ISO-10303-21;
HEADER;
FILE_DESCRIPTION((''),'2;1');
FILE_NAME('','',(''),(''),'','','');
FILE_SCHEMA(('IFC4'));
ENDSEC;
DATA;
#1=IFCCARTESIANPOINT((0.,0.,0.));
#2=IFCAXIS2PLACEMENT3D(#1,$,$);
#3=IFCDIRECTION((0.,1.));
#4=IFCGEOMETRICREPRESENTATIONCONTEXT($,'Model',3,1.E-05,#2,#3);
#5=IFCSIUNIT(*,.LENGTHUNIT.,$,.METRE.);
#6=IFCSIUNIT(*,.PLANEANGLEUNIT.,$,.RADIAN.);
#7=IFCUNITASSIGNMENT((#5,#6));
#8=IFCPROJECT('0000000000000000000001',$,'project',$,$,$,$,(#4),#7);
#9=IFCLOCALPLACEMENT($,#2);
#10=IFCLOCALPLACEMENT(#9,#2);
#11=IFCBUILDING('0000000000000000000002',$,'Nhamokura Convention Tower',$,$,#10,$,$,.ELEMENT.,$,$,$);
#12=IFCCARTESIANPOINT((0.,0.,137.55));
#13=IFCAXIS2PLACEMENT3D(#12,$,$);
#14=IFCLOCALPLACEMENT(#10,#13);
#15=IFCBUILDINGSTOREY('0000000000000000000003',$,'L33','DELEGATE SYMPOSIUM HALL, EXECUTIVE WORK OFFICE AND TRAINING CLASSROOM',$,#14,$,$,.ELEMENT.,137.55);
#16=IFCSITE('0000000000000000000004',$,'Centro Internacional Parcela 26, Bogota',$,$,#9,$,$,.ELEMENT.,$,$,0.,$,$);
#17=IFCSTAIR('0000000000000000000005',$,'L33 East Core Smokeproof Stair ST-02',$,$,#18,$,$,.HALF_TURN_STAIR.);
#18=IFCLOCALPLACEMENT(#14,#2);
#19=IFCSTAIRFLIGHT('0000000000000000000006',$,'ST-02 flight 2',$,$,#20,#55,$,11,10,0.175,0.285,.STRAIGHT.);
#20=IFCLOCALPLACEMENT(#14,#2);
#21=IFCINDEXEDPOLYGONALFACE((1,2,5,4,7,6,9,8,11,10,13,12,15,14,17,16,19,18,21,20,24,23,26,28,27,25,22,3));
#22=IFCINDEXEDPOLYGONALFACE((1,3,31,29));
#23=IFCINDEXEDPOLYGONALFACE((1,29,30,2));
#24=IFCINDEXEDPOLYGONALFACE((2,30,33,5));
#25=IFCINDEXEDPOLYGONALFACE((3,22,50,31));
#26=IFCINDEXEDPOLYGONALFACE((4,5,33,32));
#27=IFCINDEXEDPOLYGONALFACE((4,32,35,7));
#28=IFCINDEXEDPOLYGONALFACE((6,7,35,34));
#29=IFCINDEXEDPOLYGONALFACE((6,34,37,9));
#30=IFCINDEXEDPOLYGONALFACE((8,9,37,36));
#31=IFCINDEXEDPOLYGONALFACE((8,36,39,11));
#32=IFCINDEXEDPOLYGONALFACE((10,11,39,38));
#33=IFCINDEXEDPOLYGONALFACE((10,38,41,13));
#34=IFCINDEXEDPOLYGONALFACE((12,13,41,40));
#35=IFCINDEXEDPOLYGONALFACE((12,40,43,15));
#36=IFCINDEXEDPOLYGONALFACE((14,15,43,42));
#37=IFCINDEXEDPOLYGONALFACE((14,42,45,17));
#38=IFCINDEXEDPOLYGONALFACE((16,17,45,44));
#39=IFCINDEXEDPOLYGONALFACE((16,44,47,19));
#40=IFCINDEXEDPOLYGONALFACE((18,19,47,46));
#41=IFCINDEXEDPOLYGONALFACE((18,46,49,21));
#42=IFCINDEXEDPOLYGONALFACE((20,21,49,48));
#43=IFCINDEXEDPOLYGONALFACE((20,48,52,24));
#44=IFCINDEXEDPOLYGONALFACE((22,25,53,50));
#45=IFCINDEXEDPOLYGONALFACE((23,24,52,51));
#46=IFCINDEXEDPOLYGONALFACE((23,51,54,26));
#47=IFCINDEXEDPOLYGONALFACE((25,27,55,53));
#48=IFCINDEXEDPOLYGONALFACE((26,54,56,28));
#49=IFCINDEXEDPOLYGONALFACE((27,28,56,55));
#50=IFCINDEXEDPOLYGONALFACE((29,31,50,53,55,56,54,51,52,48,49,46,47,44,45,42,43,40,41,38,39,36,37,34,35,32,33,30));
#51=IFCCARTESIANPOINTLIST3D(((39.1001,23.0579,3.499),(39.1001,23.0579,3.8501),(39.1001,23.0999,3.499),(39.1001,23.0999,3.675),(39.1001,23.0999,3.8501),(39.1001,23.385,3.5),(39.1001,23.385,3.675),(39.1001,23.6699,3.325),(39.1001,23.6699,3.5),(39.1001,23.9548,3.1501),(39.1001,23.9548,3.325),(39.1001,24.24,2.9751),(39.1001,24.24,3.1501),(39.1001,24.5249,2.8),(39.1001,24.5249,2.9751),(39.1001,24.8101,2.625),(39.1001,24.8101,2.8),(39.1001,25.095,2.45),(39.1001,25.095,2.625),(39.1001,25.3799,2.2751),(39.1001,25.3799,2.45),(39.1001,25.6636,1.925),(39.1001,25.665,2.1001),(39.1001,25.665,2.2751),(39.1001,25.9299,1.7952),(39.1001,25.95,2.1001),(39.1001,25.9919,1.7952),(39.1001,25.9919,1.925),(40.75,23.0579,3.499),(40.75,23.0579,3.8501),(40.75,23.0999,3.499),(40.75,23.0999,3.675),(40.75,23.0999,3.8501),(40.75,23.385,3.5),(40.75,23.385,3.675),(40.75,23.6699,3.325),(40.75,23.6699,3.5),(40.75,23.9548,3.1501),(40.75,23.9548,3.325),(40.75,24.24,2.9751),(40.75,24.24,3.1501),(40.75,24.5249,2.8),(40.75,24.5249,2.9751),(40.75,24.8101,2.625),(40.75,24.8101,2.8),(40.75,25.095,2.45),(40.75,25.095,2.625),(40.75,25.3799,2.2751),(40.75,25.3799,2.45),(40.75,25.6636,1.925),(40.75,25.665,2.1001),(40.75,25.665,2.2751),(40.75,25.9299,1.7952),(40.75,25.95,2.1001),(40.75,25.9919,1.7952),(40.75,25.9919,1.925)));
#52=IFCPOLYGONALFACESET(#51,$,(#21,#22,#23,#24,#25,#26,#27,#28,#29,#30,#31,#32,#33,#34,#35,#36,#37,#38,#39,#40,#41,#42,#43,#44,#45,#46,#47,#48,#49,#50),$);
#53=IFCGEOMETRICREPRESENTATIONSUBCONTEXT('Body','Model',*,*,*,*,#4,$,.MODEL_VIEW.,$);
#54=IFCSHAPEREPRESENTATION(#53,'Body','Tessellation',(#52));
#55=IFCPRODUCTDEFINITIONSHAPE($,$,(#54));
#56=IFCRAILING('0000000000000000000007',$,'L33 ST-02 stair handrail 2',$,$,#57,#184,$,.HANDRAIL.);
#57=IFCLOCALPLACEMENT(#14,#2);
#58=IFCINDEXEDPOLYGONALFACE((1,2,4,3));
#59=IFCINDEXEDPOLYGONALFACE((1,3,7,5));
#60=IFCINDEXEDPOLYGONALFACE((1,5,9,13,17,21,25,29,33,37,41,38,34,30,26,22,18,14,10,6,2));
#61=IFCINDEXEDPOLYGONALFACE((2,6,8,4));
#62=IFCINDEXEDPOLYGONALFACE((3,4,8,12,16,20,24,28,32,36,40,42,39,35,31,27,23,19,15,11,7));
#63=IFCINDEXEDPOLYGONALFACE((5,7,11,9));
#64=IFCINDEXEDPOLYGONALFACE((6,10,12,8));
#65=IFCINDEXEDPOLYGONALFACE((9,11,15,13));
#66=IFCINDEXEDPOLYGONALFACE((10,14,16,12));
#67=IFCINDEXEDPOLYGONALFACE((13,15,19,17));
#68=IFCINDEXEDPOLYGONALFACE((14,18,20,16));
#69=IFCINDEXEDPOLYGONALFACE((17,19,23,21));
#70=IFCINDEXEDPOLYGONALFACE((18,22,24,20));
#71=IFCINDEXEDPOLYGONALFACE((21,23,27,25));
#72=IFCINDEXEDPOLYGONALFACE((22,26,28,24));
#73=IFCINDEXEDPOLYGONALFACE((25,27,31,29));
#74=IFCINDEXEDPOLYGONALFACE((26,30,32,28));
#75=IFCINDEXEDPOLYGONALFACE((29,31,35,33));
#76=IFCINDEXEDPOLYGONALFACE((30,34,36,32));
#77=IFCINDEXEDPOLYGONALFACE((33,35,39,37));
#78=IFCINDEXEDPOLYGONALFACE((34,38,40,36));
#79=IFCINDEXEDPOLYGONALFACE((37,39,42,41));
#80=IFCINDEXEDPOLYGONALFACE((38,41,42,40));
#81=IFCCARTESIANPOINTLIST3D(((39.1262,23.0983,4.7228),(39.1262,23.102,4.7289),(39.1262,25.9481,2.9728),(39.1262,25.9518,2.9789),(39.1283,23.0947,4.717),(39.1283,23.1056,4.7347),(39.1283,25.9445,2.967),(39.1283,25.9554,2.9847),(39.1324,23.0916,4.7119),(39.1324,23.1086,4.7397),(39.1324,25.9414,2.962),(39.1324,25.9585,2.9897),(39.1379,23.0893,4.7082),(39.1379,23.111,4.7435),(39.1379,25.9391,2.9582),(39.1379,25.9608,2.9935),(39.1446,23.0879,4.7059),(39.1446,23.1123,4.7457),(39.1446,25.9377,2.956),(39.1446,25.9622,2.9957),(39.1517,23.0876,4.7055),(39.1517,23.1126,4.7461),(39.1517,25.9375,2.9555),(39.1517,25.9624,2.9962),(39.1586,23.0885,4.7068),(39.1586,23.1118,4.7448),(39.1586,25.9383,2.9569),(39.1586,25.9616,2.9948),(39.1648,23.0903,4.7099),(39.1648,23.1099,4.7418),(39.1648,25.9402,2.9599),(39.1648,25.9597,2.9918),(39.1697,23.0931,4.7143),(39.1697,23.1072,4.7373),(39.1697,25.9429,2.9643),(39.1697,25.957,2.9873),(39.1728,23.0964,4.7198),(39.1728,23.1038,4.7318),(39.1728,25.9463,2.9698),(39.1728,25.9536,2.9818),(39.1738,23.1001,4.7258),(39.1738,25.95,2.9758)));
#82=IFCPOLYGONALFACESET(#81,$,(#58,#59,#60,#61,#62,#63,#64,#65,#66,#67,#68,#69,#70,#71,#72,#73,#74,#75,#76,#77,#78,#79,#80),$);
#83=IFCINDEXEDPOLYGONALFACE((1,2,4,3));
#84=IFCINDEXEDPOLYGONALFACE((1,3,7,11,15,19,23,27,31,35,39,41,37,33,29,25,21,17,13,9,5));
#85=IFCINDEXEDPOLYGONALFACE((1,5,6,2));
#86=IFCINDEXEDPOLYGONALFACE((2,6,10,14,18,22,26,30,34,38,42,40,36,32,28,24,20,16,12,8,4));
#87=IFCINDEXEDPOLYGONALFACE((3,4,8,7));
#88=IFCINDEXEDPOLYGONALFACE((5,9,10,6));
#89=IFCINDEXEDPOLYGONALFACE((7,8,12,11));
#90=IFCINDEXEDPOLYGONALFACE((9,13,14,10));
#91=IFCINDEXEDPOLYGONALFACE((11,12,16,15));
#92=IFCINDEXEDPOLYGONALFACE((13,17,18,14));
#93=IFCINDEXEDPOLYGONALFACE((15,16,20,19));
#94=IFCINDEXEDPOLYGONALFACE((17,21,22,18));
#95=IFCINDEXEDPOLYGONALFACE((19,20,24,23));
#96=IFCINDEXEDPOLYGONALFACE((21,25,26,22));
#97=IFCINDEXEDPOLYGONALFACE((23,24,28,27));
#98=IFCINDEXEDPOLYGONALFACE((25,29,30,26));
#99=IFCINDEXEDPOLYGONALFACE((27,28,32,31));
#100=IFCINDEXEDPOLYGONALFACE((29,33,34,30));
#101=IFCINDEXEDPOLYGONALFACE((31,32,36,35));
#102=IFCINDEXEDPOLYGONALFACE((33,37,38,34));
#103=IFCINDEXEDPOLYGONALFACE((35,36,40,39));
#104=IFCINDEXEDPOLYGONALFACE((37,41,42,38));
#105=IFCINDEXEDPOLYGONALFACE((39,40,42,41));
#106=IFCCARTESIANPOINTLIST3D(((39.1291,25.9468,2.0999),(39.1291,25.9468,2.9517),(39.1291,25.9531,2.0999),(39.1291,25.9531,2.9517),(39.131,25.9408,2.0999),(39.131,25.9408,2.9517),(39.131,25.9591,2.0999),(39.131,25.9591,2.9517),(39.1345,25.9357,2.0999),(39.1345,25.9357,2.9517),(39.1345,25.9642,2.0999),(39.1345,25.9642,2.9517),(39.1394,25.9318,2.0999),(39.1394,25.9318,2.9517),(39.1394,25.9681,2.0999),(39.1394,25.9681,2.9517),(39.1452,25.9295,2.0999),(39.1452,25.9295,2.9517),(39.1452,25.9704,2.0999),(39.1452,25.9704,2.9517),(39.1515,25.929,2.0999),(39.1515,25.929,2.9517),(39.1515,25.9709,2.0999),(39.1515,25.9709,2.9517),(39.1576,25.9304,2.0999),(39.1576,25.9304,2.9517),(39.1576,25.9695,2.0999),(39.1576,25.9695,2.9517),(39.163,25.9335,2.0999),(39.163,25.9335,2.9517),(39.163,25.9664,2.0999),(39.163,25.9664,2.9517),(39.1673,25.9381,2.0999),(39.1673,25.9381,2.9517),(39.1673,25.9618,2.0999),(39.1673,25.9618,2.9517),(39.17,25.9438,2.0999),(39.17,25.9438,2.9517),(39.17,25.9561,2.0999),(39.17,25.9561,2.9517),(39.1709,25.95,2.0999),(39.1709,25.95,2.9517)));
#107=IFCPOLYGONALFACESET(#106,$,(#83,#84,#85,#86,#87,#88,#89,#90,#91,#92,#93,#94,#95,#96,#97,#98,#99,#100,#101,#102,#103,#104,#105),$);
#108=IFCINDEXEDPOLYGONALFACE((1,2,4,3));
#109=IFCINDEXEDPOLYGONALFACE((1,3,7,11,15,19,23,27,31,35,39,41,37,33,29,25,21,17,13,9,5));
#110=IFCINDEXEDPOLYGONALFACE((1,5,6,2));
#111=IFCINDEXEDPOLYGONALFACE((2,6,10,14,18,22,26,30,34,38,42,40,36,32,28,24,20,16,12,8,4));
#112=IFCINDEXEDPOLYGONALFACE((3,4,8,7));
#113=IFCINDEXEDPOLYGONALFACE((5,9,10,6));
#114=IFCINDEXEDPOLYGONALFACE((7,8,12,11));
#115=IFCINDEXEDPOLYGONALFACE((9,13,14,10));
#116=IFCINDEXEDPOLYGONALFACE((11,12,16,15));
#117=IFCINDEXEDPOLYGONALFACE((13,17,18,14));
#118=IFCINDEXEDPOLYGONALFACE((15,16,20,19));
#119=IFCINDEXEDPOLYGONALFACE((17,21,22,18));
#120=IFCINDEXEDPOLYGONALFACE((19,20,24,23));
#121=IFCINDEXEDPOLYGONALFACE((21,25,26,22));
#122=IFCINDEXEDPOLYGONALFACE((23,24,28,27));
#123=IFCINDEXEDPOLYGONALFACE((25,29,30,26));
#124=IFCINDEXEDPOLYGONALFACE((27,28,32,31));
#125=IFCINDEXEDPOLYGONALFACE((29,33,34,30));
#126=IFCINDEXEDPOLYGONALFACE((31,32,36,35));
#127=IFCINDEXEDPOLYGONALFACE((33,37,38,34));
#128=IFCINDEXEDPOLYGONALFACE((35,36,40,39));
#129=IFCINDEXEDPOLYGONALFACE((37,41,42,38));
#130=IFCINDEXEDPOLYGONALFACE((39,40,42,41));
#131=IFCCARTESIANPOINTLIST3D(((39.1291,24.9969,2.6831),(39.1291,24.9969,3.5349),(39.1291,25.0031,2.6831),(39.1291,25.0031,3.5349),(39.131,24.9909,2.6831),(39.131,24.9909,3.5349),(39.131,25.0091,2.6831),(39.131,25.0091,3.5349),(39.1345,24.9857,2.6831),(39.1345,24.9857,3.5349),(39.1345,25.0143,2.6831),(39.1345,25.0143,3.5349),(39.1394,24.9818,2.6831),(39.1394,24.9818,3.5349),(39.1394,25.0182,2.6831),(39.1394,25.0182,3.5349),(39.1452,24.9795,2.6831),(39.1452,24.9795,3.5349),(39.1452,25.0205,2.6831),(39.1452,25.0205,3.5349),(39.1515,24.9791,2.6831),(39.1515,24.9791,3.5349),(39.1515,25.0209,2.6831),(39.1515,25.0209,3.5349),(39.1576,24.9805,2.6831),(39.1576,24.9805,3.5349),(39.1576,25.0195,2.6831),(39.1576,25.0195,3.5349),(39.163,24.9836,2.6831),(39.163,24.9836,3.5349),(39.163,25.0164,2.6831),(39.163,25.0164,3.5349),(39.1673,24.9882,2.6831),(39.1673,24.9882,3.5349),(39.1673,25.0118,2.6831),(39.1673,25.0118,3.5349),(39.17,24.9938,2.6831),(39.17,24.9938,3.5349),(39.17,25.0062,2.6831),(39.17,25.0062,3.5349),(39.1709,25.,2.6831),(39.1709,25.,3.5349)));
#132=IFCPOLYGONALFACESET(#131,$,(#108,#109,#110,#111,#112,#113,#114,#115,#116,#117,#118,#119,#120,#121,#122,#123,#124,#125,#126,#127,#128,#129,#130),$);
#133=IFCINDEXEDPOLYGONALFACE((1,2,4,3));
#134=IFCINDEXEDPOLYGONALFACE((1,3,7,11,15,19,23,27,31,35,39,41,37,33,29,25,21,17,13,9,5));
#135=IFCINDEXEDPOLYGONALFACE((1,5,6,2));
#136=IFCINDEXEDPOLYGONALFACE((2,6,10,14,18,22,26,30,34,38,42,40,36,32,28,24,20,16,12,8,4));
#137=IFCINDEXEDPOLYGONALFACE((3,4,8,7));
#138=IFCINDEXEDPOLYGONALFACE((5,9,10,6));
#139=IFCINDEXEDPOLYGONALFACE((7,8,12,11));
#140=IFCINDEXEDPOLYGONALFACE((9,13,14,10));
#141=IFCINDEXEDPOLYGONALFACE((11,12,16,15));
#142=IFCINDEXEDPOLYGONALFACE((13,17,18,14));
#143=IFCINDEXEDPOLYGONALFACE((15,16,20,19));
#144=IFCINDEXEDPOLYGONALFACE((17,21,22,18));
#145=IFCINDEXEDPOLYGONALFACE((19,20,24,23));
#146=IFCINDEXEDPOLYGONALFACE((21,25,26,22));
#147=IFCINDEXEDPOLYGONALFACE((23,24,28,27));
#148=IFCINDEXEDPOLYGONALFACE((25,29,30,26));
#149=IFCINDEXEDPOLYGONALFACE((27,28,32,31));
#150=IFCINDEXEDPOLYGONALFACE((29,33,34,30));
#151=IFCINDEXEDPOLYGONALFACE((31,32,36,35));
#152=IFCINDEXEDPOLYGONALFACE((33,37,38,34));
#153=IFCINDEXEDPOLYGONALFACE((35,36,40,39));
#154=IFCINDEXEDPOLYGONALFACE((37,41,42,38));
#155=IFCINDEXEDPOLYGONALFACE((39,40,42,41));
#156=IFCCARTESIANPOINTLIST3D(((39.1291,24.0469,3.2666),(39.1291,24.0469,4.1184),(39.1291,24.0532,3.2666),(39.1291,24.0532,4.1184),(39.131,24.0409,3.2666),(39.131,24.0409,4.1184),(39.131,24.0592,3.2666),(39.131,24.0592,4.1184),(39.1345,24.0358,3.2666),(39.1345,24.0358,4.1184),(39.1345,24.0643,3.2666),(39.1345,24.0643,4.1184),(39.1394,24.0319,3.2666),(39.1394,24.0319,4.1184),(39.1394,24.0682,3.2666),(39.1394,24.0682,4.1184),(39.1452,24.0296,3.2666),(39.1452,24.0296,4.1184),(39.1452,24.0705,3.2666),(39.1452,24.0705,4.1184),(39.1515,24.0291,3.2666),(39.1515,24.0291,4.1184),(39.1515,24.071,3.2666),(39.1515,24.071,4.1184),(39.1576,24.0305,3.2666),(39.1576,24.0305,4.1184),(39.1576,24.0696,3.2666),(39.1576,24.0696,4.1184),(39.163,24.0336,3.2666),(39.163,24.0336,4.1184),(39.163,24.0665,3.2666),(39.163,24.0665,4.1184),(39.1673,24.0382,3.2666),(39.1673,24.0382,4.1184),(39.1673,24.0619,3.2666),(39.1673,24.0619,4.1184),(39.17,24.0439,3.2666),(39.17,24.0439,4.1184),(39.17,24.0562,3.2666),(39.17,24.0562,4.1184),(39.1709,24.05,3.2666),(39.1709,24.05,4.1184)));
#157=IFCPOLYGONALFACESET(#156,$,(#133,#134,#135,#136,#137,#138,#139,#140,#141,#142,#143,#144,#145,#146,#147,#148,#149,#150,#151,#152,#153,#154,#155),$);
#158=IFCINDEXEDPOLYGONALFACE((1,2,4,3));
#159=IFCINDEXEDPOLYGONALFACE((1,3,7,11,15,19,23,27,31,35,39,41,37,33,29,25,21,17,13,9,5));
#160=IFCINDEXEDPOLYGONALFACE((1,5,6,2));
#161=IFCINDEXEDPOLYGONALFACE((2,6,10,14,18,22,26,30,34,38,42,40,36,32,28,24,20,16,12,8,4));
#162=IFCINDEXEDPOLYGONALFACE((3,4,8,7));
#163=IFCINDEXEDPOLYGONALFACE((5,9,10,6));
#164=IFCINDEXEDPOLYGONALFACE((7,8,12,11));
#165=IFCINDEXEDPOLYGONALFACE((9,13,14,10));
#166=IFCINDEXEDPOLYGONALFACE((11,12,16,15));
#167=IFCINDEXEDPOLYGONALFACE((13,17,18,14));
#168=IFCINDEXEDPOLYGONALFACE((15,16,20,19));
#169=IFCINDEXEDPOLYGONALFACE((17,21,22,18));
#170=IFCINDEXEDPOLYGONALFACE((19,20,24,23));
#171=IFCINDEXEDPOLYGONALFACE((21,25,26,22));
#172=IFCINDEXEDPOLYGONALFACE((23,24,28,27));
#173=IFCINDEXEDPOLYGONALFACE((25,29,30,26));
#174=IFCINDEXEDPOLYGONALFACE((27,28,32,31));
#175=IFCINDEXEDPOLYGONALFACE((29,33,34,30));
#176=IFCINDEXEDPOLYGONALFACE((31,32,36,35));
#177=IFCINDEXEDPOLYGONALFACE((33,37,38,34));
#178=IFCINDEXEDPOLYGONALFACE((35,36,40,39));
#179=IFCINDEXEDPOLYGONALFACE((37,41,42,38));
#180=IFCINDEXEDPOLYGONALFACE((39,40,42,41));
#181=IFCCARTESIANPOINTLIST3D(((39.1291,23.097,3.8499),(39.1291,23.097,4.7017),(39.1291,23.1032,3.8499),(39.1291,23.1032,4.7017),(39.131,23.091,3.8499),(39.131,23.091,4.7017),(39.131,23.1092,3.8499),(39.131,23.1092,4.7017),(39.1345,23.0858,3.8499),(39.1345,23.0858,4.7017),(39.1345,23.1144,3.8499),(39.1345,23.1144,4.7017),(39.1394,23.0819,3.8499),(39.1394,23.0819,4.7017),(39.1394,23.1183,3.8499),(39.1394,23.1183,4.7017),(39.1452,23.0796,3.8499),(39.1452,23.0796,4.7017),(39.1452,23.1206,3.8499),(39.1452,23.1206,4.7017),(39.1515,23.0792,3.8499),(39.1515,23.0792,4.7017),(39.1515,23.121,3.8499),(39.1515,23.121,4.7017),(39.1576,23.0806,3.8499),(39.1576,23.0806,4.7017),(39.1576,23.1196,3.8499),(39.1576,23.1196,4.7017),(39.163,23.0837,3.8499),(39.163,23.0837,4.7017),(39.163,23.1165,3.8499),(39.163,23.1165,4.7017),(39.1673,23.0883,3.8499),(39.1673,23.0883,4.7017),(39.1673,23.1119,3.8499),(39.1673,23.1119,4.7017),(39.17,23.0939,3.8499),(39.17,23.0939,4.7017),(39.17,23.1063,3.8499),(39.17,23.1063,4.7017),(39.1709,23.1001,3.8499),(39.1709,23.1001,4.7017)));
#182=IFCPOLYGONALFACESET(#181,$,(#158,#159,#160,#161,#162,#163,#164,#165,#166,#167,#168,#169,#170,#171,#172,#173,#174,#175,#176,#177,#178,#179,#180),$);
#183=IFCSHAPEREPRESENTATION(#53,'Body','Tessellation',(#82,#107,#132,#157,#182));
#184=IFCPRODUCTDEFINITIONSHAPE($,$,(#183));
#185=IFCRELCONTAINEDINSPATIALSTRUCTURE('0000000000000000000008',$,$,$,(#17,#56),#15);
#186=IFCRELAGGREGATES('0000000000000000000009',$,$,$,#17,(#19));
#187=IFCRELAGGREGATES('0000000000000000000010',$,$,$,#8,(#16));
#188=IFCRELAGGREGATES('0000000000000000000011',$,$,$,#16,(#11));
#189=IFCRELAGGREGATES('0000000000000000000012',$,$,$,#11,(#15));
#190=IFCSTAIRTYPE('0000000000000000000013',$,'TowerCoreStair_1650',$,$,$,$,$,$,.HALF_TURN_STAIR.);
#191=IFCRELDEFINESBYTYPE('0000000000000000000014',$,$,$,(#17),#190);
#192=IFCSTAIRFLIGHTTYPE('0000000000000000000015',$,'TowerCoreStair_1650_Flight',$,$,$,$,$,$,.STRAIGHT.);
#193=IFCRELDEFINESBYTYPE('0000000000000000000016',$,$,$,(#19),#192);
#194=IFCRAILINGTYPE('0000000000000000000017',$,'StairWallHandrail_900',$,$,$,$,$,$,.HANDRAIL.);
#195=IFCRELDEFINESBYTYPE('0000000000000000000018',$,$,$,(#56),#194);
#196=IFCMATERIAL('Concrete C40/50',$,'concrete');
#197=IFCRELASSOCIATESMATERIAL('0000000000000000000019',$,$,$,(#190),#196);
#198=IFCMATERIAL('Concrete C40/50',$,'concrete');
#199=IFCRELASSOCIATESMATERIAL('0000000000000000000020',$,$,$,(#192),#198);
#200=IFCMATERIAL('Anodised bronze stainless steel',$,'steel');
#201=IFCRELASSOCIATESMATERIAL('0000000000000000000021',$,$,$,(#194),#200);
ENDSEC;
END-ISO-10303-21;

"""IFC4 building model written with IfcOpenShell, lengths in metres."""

from ifc_helpers import new_model, si_unit, direction, frame, origin, origin_2d, place, context, subcontext, project, spatial, polyline, circle, outline, extrude, material, type_object, element, aggregate, save


model = new_model("IFC4")

# Units and contexts
model_context = context("Model", 3, precision=1e-05, world=origin(), true_north=direction((0.0, 1.0)))
body_context = subcontext(model_context, "Body", "Model", "MODEL_VIEW")
ifc_project = project(units=[si_unit("LENGTHUNIT", "METRE"), si_unit("PLANEANGLEUNIT", "RADIAN")], contexts=[model_context])

# Site, building, storey
site_placement = place(None, origin())
site = spatial("IfcSite", under=ifc_project, at=site_placement, Name="Centro Internacional Parcela 26, Bogota", CompositionType="ELEMENT", RefElevation=0.0)
building_placement = place(site_placement, origin())
building = spatial("IfcBuilding", under=site, at=building_placement, Name="Nhamokura Convention Tower", CompositionType="ELEMENT")
storey_placement = place(building_placement, frame((0.0, 0.0, 137.55)))
storey = spatial("IfcBuildingStorey", under=building, at=storey_placement, Name="L33", Description="DELEGATE SYMPOSIUM HALL, EXECUTIVE WORK OFFICE AND TRAINING CLASSROOM", CompositionType="ELEMENT", Elevation=137.55)

# Stair, stair flight
ifc_material_1 = material(Name="Concrete C40/50", Category="concrete")
stair_type = type_object("IfcStairType", Name="TowerCoreStair_1650", PredefinedType="HALF_TURN_STAIR", material=ifc_material_1)
stair_placement = place(storey_placement, origin())
stair = element("IfcStair", 1, at=stair_placement, inside=storey, type_object=stair_type, Name="L33 East Core Smokeproof Stair ST-02", PredefinedType="HALF_TURN_STAIR")
ifc_material_2 = material(Name="Concrete C40/50", Category="concrete")
stair_flight_type = type_object("IfcStairFlightType", Name="TowerCoreStair_1650_Flight", PredefinedType="STRAIGHT", material=ifc_material_2)
stair_flight_placement = place(storey_placement, frame((39.925, 25.95, 1.925), z_axis=(0.0, 0.0, 1.0), x_axis=(0.0, -1.0, 0.0)))
stair_flight = element("IfcStairFlight", 2, at=stair_flight_placement, type_object=stair_flight_type, Name="ST-02 flight 2", NumberOfRisers=11, NumberOfTreads=10, PredefinedType="STRAIGHT", RiserHeight=0.175, TreadLength=0.285, context=body_context, shape_type="SweptSolid", body=[
    extrude(outline(polyline([(-0.042, 0.0), (0.0, 0.175), (0.2849, 0.175), (0.2849, 0.3501), (0.5701, 0.3501), (0.5701, 0.5249), (0.855, 0.5249), (0.855, 0.7), (1.1399, 0.7), (1.1399, 0.875), (1.425, 0.875), (1.425, 1.05), (1.71, 1.05), (1.71, 1.2251), (1.9951, 1.2251), (1.9951, 1.3999), (2.28, 1.3999), (2.28, 1.575), (2.5649, 1.575), (2.5649, 1.75), (2.8501, 1.75), (2.8501, 1.925), (2.8921, 1.925), (2.8921, 1.574), (2.8501, 1.574), (0.2864, 0.0), (0.02, -0.1299), (-0.042, -0.1299), (-0.042, 0.0)])), frame((0.0, 0.825, 0.0), z_axis=(0.0, -1.0, 0.0), x_axis=(1.0, 0.0, 0.0)), (0.0, 0.0, 1.0), 1.6499),
])
aggregate(stair, [stair_flight])

# Railing
ifc_material_3 = material(Name="Anodised bronze stainless steel", Category="steel")
railing_type_1 = type_object("IfcRailingType", Name="StairWallHandrail_900", PredefinedType="HANDRAIL", material=ifc_material_3)
railing_1_placement = place(storey_placement, frame((39.1499, 25.95, 2.0999)))
element("IfcRailing", 3, at=railing_1_placement, inside=storey, type_object=railing_type_1, Name="L33 ST-02 stair handrail 2", PredefinedType="HANDRAIL", context=body_context, shape_type="SweptSolid", body=[
    extrude(circle(Radius=0.0239, at=origin_2d()), frame((0.0, 0.0, 0.876), z_axis=(0.0, -0.852159, 0.523283), x_axis=(1.0, 0.0, 0.0)), (0.0, 0.0, 1.0), 3.3442),
    extrude(circle(Radius=0.021, at=origin_2d()), origin(), (0.0, 0.0, 1.0), 0.8518),
    extrude(circle(Radius=0.021, at=origin_2d()), frame((0.0, -0.95, 0.5833)), (0.0, 0.0, 1.0), 0.8518),
    extrude(circle(Radius=0.021, at=origin_2d()), frame((0.0, -1.8999, 1.1667)), (0.0, 0.0, 1.0), 0.8518),
    extrude(circle(Radius=0.021, at=origin_2d()), frame((0.0, -2.8499, 1.75)), (0.0, 0.0, 1.0), 0.8518),
])

save(model, "model.ifc")
